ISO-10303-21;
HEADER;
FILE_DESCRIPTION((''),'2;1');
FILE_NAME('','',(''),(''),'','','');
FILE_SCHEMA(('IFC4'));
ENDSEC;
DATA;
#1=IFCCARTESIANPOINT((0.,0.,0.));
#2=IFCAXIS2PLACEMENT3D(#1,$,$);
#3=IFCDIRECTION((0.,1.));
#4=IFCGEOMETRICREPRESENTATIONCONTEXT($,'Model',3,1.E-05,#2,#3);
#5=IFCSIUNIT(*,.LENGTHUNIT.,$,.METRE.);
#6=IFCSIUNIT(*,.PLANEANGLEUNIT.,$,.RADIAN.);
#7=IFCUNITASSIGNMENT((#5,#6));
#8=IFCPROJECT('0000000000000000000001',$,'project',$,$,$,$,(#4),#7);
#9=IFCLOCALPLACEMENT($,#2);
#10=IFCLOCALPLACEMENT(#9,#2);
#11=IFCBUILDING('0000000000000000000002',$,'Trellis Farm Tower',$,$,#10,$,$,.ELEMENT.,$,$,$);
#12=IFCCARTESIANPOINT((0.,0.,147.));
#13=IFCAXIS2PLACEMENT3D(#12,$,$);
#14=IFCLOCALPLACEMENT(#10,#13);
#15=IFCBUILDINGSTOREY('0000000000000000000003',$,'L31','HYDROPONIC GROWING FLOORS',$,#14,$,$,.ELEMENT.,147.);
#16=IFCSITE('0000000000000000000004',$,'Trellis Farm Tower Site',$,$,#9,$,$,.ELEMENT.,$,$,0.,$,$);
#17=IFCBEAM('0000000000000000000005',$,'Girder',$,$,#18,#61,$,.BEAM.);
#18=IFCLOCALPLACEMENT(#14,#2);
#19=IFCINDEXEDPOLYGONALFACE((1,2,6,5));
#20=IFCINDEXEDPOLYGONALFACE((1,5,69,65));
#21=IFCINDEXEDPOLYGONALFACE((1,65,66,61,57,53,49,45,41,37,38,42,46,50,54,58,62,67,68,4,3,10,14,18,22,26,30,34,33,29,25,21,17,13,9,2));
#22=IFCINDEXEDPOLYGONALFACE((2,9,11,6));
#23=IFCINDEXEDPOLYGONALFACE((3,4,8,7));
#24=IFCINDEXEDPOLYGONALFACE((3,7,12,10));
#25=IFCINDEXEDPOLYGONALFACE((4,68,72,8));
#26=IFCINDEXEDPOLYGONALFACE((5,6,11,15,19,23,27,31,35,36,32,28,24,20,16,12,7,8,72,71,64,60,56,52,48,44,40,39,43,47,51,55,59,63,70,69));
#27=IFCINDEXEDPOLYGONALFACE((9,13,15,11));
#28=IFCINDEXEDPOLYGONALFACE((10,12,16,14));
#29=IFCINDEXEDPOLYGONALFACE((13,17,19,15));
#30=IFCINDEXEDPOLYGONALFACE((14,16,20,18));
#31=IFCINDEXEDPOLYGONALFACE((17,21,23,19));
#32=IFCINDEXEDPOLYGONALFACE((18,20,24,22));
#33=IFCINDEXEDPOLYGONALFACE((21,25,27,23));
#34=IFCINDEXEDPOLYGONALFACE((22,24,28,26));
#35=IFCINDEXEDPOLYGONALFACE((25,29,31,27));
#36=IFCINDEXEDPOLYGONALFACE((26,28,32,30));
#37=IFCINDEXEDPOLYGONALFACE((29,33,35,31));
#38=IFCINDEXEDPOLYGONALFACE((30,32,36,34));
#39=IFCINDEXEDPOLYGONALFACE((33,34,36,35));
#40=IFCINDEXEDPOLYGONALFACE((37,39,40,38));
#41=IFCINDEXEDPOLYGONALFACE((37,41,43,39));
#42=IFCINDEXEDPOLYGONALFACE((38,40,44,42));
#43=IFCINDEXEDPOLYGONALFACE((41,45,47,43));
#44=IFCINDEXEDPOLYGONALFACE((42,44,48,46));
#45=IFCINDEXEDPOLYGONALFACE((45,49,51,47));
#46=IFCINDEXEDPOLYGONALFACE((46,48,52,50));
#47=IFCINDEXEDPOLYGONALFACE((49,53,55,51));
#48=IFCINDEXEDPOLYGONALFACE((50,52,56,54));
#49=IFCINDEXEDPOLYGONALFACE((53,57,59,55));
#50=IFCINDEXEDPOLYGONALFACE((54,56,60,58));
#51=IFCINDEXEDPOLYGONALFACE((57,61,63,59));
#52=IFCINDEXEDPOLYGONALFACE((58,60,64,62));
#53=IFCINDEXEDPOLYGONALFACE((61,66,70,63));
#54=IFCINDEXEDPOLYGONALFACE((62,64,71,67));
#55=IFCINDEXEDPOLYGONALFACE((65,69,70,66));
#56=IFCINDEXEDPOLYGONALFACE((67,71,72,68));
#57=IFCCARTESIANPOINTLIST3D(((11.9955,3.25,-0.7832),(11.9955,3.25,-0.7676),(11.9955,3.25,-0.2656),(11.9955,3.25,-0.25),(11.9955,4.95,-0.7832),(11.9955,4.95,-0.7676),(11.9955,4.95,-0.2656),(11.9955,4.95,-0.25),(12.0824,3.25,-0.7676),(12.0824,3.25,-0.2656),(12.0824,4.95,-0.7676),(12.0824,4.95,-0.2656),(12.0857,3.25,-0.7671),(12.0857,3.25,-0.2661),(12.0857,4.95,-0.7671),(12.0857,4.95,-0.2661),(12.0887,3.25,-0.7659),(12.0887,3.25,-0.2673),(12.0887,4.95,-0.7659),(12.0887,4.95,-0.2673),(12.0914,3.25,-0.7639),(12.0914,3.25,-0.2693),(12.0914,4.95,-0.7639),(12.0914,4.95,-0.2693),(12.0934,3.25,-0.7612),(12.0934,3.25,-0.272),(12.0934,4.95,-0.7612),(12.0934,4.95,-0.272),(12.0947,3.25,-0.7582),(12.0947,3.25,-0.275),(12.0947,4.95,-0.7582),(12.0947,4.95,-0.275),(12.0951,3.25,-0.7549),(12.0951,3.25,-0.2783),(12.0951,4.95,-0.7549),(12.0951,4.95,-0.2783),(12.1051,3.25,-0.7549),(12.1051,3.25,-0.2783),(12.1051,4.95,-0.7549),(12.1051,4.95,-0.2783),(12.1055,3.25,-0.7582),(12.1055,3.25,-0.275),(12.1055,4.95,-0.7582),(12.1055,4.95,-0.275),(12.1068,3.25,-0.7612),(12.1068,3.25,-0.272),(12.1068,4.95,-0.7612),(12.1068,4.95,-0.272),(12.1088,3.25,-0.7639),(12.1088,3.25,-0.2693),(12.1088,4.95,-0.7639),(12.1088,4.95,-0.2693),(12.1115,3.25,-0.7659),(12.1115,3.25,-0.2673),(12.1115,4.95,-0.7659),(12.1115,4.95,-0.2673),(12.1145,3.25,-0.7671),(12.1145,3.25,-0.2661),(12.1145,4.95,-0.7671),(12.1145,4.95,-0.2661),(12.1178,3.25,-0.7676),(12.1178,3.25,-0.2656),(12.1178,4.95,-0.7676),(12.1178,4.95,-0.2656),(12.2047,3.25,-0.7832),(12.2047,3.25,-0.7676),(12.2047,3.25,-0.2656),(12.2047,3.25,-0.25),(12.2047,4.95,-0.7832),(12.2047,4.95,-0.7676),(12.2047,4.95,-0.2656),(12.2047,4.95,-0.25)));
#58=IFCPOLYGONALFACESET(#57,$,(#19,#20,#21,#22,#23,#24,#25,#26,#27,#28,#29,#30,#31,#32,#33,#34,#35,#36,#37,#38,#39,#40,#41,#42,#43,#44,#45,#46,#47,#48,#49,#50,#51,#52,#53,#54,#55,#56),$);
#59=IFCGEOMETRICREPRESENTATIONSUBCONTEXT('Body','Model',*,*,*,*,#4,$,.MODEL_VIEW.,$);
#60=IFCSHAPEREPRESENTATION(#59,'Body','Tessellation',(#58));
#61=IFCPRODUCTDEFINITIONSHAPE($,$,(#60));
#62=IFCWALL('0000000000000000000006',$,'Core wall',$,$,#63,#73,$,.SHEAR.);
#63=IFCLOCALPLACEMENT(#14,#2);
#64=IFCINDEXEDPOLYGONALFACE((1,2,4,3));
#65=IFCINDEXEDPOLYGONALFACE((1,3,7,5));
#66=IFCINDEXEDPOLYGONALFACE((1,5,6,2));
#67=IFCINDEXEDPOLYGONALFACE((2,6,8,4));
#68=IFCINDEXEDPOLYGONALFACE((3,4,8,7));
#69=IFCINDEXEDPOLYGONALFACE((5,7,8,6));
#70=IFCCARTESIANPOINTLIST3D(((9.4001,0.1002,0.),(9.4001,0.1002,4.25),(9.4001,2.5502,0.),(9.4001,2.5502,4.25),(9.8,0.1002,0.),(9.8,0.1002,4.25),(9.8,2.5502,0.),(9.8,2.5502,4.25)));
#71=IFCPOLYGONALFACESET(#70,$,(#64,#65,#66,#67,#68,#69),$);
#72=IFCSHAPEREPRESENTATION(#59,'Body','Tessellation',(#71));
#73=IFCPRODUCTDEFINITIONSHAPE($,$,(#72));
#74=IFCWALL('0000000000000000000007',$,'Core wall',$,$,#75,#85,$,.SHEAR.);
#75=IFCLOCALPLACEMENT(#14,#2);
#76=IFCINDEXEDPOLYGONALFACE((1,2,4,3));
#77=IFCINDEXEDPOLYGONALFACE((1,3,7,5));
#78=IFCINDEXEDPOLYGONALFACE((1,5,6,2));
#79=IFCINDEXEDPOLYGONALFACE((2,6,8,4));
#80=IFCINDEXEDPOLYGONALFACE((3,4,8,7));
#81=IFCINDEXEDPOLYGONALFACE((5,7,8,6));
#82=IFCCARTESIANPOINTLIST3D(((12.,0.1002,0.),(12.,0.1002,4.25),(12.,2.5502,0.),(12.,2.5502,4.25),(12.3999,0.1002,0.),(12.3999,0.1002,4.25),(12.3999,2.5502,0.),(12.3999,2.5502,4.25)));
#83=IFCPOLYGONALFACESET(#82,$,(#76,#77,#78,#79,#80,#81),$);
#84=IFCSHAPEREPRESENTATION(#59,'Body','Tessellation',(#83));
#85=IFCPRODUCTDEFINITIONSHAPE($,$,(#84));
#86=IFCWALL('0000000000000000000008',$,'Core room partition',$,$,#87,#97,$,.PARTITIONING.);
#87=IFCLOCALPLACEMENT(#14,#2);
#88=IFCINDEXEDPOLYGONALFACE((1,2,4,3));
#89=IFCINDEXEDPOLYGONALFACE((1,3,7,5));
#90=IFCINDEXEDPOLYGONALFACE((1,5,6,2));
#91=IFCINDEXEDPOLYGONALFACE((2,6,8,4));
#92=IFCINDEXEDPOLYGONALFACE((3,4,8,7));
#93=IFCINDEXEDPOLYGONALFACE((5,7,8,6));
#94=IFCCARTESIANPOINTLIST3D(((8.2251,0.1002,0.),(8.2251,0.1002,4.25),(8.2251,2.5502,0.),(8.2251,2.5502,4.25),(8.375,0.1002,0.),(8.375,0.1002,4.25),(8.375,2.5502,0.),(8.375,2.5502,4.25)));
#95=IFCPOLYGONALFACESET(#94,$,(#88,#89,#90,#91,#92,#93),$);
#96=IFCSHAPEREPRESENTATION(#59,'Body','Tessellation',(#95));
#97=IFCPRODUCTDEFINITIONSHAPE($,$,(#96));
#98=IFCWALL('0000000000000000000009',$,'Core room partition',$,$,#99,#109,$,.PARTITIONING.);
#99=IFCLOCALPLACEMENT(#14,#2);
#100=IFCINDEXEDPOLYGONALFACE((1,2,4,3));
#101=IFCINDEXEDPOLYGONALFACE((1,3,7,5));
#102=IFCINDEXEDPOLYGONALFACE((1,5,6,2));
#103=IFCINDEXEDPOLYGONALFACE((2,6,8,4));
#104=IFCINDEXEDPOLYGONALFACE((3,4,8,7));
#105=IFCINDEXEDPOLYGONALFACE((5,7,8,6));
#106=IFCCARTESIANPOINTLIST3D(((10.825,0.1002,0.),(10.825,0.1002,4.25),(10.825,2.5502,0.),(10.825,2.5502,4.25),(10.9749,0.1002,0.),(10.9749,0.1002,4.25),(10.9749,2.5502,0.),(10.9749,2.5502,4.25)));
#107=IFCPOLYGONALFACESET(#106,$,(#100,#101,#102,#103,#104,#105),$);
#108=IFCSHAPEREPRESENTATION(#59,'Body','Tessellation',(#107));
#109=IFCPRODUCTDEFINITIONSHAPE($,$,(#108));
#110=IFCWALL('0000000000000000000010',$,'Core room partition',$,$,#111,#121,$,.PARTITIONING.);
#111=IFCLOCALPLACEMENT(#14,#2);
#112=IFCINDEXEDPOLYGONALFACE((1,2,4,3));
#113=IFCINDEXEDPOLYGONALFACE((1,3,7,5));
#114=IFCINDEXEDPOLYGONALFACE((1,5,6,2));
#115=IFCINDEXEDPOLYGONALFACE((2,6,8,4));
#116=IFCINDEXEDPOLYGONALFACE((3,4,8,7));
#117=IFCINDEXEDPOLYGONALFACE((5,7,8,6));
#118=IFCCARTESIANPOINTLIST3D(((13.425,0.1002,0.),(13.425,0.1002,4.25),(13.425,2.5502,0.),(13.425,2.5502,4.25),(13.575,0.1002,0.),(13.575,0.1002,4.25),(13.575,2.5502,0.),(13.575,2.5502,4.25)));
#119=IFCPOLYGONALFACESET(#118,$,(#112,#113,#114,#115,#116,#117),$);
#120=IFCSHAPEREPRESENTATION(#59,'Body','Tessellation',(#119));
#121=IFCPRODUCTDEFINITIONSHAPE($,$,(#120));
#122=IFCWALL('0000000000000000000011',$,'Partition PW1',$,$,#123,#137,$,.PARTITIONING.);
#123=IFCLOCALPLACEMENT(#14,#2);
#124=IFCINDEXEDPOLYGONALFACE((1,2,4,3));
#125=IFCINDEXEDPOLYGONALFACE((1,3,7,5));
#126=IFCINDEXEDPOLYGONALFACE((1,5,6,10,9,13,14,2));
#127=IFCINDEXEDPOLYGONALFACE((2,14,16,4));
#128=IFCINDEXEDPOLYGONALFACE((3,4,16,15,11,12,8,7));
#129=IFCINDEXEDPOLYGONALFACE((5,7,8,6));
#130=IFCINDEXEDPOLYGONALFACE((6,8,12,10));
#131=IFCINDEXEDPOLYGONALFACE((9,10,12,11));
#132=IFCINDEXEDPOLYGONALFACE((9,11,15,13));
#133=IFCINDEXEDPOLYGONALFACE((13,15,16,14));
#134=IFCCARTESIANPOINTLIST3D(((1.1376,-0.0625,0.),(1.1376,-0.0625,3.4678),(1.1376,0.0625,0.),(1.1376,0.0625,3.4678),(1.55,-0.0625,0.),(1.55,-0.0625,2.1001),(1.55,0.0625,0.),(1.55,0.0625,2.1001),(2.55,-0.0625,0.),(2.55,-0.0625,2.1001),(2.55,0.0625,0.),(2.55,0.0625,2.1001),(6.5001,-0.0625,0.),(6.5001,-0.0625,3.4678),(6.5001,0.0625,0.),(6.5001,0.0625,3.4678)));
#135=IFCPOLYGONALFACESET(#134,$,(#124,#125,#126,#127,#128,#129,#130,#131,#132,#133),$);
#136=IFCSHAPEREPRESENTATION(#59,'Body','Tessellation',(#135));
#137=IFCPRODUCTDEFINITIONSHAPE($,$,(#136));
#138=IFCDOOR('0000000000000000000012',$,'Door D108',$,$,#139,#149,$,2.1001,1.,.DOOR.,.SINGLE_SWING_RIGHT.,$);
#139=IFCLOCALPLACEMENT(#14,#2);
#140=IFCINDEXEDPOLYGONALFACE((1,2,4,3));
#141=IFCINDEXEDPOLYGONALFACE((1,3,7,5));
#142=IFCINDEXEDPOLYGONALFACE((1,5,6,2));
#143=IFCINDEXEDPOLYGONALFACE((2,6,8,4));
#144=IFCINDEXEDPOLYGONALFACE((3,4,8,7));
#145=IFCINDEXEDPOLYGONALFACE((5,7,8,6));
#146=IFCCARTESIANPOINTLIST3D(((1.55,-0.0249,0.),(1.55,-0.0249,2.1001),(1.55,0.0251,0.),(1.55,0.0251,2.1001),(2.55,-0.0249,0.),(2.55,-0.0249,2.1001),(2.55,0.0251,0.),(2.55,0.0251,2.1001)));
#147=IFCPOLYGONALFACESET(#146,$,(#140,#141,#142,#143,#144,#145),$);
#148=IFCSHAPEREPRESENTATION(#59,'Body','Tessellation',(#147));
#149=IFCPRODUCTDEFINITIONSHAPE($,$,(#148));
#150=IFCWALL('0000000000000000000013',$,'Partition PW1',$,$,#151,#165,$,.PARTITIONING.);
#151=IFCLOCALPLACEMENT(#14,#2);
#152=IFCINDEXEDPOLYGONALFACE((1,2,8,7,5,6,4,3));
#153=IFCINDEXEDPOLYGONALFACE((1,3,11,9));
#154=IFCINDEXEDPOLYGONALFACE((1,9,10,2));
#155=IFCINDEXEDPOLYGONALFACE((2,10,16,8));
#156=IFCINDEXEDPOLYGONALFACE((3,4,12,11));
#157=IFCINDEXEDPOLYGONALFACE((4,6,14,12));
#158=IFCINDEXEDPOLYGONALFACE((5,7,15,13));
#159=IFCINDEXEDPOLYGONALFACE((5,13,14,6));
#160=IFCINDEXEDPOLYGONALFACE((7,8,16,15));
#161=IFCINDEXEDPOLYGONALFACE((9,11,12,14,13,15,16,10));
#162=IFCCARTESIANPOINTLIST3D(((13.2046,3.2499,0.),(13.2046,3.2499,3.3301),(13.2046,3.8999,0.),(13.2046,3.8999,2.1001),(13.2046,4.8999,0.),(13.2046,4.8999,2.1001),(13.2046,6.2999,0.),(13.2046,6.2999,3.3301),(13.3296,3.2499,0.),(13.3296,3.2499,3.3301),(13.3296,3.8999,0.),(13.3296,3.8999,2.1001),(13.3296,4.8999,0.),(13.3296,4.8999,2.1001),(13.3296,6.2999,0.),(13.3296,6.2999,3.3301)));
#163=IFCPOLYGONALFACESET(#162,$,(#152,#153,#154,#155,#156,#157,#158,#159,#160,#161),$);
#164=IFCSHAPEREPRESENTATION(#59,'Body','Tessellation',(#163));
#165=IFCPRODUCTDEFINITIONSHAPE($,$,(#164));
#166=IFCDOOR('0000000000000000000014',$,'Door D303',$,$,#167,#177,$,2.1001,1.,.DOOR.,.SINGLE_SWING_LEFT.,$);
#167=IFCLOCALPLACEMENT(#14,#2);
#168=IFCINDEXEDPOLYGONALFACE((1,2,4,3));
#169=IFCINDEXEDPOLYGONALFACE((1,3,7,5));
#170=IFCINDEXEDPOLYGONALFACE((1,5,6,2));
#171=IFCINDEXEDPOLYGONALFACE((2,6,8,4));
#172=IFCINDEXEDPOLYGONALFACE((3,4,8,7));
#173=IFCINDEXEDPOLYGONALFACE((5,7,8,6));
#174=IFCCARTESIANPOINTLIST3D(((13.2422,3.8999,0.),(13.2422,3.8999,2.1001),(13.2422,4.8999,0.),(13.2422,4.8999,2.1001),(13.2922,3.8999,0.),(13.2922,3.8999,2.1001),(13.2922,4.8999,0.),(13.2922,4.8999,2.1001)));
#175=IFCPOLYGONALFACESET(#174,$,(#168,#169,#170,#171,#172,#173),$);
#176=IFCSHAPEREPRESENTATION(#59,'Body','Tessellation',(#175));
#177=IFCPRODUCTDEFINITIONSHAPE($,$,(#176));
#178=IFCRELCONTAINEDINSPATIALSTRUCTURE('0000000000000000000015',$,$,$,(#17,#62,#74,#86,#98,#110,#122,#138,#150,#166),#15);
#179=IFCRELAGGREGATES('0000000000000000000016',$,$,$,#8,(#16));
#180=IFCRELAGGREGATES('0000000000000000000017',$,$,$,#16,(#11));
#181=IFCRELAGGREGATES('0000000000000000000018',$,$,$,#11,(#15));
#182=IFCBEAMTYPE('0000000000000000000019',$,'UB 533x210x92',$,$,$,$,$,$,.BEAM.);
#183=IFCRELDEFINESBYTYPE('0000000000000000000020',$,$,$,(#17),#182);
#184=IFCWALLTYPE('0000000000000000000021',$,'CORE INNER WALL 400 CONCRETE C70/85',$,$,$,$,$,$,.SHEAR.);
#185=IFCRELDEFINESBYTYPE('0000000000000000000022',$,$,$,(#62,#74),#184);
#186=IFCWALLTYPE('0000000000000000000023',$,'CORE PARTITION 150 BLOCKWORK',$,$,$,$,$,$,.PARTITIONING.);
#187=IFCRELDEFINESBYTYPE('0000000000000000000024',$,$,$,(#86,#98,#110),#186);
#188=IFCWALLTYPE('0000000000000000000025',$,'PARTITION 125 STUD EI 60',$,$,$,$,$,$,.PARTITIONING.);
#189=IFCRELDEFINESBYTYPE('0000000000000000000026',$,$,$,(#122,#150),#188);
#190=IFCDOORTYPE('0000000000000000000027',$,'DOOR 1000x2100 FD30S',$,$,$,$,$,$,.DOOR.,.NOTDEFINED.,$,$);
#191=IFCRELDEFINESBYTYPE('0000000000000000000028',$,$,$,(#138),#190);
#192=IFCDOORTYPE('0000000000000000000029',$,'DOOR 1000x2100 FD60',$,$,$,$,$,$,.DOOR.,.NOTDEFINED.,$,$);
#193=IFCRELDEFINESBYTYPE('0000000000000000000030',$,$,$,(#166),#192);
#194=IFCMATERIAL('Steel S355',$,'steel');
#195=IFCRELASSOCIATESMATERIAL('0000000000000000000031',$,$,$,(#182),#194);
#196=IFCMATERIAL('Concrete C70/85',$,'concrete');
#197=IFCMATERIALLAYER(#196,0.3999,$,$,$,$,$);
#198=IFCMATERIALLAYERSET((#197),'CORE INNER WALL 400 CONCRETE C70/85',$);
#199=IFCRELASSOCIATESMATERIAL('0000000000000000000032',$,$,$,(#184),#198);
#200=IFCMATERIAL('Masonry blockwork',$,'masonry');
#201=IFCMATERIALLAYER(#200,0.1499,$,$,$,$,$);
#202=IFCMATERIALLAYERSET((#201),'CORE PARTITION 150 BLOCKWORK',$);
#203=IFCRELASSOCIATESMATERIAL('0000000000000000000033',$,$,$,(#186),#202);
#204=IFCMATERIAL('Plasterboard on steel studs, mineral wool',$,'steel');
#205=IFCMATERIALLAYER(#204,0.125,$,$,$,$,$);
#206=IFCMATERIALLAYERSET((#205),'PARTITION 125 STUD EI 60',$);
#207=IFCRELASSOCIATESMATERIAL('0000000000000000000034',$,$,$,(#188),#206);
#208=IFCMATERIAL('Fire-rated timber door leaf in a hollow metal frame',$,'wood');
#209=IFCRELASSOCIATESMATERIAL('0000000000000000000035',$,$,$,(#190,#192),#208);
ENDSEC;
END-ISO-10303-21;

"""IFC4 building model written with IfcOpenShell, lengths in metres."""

from ifc_helpers import new_model, si_unit, direction, frame, frame_2d, origin, origin_2d, place, context, subcontext, project, spatial, rectangle, i_section, extrude, source, transform, mapped, material, layer, layer_set, material_profile, profile_set, type_object, element, fill, save


model = new_model("IFC4")

# Units and contexts
model_context = context("Model", 3, precision=1e-05, world=origin(), true_north=direction((0.0, 1.0)))
body_context = subcontext(model_context, "Body", "Model", "MODEL_VIEW")
ifc_project = project(units=[si_unit("LENGTHUNIT", "METRE"), si_unit("PLANEANGLEUNIT", "RADIAN")], contexts=[model_context])

# Site, building, storey
site_placement = place(None, origin())
site = spatial("IfcSite", under=ifc_project, at=site_placement, Name="Trellis Farm Tower Site", CompositionType="ELEMENT", RefElevation=0.0)
building_placement = place(site_placement, origin())
building = spatial("IfcBuilding", under=site, at=building_placement, Name="Trellis Farm Tower", CompositionType="ELEMENT")
storey_placement = place(building_placement, frame((0.0, 0.0, 147.0)))
storey = spatial("IfcBuildingStorey", under=building, at=storey_placement, Name="L31", Description="HYDROPONIC GROWING FLOORS", CompositionType="ELEMENT", Elevation=147.0)

# Beam
ifc_material_1 = material(Name="Steel S355", Category="steel")
ifc_material_profile = material_profile(ifc_material_1, i_section(OverallWidth=0.2092, OverallDepth=0.5332, WebThickness=0.01, FlangeThickness=0.0156, FilletRadius=0.0127, at=origin_2d()), Name="UB 533x210x92")
ifc_profile_set = profile_set([ifc_material_profile], Name="Steel S355")
beam_type = type_object("IfcBeamType", Name="UB 533x210x92", PredefinedType="BEAM", material=ifc_profile_set)
shared_shape_1 = source(origin(), body_context, "Body", "SweptSolid", [
    extrude(i_section(OverallWidth=0.2092, OverallDepth=0.5332, WebThickness=0.01, FlangeThickness=0.0156, FilletRadius=0.0127, at=origin_2d()), origin(), (0.0, 0.0, 1.0), 1.7),
])
beam_placement = place(storey_placement, frame((12.1001, 3.25, -0.5166), z_axis=(0.0, 1.0, 0.0), x_axis=(-1.0, 0.0, 0.0)))
element("IfcBeam", 1, at=beam_placement, inside=storey, type_object=beam_type, Name="Girder", PredefinedType="BEAM", context=body_context, shape_type="MappedRepresentation", body=[
    mapped(shared_shape_1, transform((0.0, 0.0, 0.0))),
])

# Walls
ifc_material_2 = material(Name="Concrete C70/85", Category="concrete")
ifc_layer_1 = layer(ifc_material_2, 0.3999)
ifc_layer_set_1 = layer_set([ifc_layer_1], Name="CORE INNER WALL 400 CONCRETE C70/85")
wall_type_1 = type_object("IfcWallType", Name="CORE INNER WALL 400 CONCRETE C70/85", PredefinedType="SHEAR", material=ifc_layer_set_1)
shared_shape_2 = source(origin(), body_context, "Body", "SweptSolid", [
    extrude(rectangle(XDim=2.45, YDim=0.3999, at=frame_2d((1.2251, 0.0))), origin(), (0.0, 0.0, 1.0), 4.25),
])
for number, where, z_axis, x_axis, name in (
    (2, (9.6001, 0.1001, 0.0), (0.0, 0.0, 1.0), (0.0, 1.0, 0.0), "Core wall"),
    (3, (12.2, 0.1001, 0.0), (0.0, 0.0, 1.0), (0.0, 1.0, 0.0), "Core wall"),
):
    element("IfcWall", number, at=place(storey_placement, frame(where, z_axis=z_axis, x_axis=x_axis)), inside=storey, type_object=wall_type_1, Name=name, PredefinedType="SHEAR", context=body_context, shape_type="MappedRepresentation", body=[
        mapped(shared_shape_2, transform((0.0, 0.0, 0.0))),
    ])

# Walls
ifc_material_3 = material(Name="Masonry blockwork", Category="masonry")
ifc_layer_2 = layer(ifc_material_3, 0.1499)
ifc_layer_set_2 = layer_set([ifc_layer_2], Name="CORE PARTITION 150 BLOCKWORK")
wall_type_2 = type_object("IfcWallType", Name="CORE PARTITION 150 BLOCKWORK", PredefinedType="PARTITIONING", material=ifc_layer_set_2)
shared_shape_3 = source(origin(), body_context, "Body", "SweptSolid", [
    extrude(rectangle(XDim=2.45, YDim=0.1499, at=frame_2d((1.2251, 0.0))), origin(), (0.0, 0.0, 1.0), 4.25),
])
for number, where, z_axis, x_axis, name in (
    (4, (8.3, 0.1001, 0.0), (0.0, 0.0, 1.0), (0.0, 1.0, 0.0), "Core room partition"),
    (5, (10.8999, 0.1001, 0.0), (0.0, 0.0, 1.0), (0.0, 1.0, 0.0), "Core room partition"),
    (6, (13.5, 0.1001, 0.0), (0.0, 0.0, 1.0), (0.0, 1.0, 0.0), "Core room partition"),
):
    element("IfcWall", number, at=place(storey_placement, frame(where, z_axis=z_axis, x_axis=x_axis)), inside=storey, type_object=wall_type_2, Name=name, PredefinedType="PARTITIONING", context=body_context, shape_type="MappedRepresentation", body=[
        mapped(shared_shape_3, transform((0.0, 0.0, 0.0))),
    ])

# Walls, openings, doors
ifc_material_4 = material(Name="Plasterboard on steel studs, mineral wool", Category="steel")
ifc_layer_3 = layer(ifc_material_4, 0.125)
ifc_layer_set_3 = layer_set([ifc_layer_3], Name="PARTITION 125 STUD EI 60")
wall_type_3 = type_object("IfcWallType", Name="PARTITION 125 STUD EI 60", PredefinedType="PARTITIONING", material=ifc_layer_set_3)
shared_shape_4 = source(origin(), body_context, "Body", "SweptSolid", [
    extrude(rectangle(XDim=5.3625, YDim=0.125, at=frame_2d((2.6812, 0.0))), origin(), (0.0, 0.0, 1.0), 3.4678),
])
wall_1_placement = place(storey_placement, frame((6.5, 0.0, 0.0), z_axis=(0.0, 0.0, 1.0), x_axis=(-1.0, 0.0, 0.0)))
wall_1 = element("IfcWall", 7, at=wall_1_placement, inside=storey, type_object=wall_type_3, Name="Partition PW1", PredefinedType="PARTITIONING", context=body_context, shape_type="MappedRepresentation", body=[
    mapped(shared_shape_4, transform((0.0, 0.0, 0.0))),
])
shared_shape_5 = source(origin(), body_context, "Body", "SweptSolid", [
    extrude(rectangle(XDim=1.0, YDim=2.1001, at=frame_2d((0.5, 1.05))), frame((0.0, 0.0725, 0.0), z_axis=(0.0, -1.0, 0.0), x_axis=(1.0, 0.0, 0.0)), (0.0, 0.0, 1.0), 0.145),
])
opening_1_placement = place(wall_1_placement, frame((3.95, 0.0, 0.0)))
opening_1 = element("IfcOpeningElement", 8, at=opening_1_placement, cuts=wall_1, PredefinedType="OPENING", context=body_context, shape_type="MappedRepresentation", body=[
    mapped(shared_shape_5, transform((0.0, 0.0, 0.0))),
])
ifc_material_5 = material(Name="Fire-rated timber door leaf in a hollow metal frame", Category="wood")
door_type_1 = type_object("IfcDoorType", Name="DOOR 1000x2100 FD30S", OperationType="NOTDEFINED", PredefinedType="DOOR", material=ifc_material_5)
shared_shape_6 = source(origin(), body_context, "Body", "SweptSolid", [
    extrude(rectangle(XDim=1.0, YDim=2.1001, at=frame_2d((0.5, 1.05))), frame((0.0, 0.0249, 0.0), z_axis=(0.0, -1.0, 0.0), x_axis=(1.0, 0.0, 0.0)), (0.0, 0.0, 1.0), 0.05),
])
door_1_placement = place(opening_1_placement, origin())
door_1 = element("IfcDoor", 9, at=door_1_placement, inside=storey, type_object=door_type_1, Name="Door D108", OperationType="SINGLE_SWING_RIGHT", OverallHeight=2.1001, OverallWidth=1.0, PredefinedType="DOOR", context=body_context, shape_type="MappedRepresentation", body=[
    mapped(shared_shape_6, transform((0.0, 0.0, 0.0))),
])
fill(opening_1, door_1)
shared_shape_7 = source(origin(), body_context, "Body", "SweptSolid", [
    extrude(rectangle(XDim=3.05, YDim=0.125, at=frame_2d((1.5249, 0.0))), origin(), (0.0, 0.0, 1.0), 3.3301),
])
wall_2_placement = place(storey_placement, frame((13.2671, 3.25, 0.0), z_axis=(0.0, 0.0, 1.0), x_axis=(0.0, 1.0, 0.0)))
wall_2 = element("IfcWall", 10, at=wall_2_placement, inside=storey, type_object=wall_type_3, Name="Partition PW1", PredefinedType="PARTITIONING", context=body_context, shape_type="MappedRepresentation", body=[
    mapped(shared_shape_7, transform((0.0, 0.0, 0.0))),
])
opening_2_placement = place(wall_2_placement, frame((0.6499, 0.0, 0.0)))
opening_2 = element("IfcOpeningElement", 11, at=opening_2_placement, cuts=wall_2, PredefinedType="OPENING", context=body_context, shape_type="MappedRepresentation", body=[
    mapped(shared_shape_5, transform((0.0, 0.0, 0.0))),
])
door_type_2 = type_object("IfcDoorType", Name="DOOR 1000x2100 FD60", OperationType="NOTDEFINED", PredefinedType="DOOR", material=ifc_material_5)
door_2_placement = place(opening_2_placement, origin())
door_2 = element("IfcDoor", 12, at=door_2_placement, inside=storey, type_object=door_type_2, Name="Door D303", OperationType="SINGLE_SWING_LEFT", OverallHeight=2.1001, OverallWidth=1.0, PredefinedType="DOOR", context=body_context, shape_type="MappedRepresentation", body=[
    mapped(shared_shape_6, transform((0.0, 0.0, 0.0))),
])
fill(opening_2, door_2)

save(model, "model.ifc")
